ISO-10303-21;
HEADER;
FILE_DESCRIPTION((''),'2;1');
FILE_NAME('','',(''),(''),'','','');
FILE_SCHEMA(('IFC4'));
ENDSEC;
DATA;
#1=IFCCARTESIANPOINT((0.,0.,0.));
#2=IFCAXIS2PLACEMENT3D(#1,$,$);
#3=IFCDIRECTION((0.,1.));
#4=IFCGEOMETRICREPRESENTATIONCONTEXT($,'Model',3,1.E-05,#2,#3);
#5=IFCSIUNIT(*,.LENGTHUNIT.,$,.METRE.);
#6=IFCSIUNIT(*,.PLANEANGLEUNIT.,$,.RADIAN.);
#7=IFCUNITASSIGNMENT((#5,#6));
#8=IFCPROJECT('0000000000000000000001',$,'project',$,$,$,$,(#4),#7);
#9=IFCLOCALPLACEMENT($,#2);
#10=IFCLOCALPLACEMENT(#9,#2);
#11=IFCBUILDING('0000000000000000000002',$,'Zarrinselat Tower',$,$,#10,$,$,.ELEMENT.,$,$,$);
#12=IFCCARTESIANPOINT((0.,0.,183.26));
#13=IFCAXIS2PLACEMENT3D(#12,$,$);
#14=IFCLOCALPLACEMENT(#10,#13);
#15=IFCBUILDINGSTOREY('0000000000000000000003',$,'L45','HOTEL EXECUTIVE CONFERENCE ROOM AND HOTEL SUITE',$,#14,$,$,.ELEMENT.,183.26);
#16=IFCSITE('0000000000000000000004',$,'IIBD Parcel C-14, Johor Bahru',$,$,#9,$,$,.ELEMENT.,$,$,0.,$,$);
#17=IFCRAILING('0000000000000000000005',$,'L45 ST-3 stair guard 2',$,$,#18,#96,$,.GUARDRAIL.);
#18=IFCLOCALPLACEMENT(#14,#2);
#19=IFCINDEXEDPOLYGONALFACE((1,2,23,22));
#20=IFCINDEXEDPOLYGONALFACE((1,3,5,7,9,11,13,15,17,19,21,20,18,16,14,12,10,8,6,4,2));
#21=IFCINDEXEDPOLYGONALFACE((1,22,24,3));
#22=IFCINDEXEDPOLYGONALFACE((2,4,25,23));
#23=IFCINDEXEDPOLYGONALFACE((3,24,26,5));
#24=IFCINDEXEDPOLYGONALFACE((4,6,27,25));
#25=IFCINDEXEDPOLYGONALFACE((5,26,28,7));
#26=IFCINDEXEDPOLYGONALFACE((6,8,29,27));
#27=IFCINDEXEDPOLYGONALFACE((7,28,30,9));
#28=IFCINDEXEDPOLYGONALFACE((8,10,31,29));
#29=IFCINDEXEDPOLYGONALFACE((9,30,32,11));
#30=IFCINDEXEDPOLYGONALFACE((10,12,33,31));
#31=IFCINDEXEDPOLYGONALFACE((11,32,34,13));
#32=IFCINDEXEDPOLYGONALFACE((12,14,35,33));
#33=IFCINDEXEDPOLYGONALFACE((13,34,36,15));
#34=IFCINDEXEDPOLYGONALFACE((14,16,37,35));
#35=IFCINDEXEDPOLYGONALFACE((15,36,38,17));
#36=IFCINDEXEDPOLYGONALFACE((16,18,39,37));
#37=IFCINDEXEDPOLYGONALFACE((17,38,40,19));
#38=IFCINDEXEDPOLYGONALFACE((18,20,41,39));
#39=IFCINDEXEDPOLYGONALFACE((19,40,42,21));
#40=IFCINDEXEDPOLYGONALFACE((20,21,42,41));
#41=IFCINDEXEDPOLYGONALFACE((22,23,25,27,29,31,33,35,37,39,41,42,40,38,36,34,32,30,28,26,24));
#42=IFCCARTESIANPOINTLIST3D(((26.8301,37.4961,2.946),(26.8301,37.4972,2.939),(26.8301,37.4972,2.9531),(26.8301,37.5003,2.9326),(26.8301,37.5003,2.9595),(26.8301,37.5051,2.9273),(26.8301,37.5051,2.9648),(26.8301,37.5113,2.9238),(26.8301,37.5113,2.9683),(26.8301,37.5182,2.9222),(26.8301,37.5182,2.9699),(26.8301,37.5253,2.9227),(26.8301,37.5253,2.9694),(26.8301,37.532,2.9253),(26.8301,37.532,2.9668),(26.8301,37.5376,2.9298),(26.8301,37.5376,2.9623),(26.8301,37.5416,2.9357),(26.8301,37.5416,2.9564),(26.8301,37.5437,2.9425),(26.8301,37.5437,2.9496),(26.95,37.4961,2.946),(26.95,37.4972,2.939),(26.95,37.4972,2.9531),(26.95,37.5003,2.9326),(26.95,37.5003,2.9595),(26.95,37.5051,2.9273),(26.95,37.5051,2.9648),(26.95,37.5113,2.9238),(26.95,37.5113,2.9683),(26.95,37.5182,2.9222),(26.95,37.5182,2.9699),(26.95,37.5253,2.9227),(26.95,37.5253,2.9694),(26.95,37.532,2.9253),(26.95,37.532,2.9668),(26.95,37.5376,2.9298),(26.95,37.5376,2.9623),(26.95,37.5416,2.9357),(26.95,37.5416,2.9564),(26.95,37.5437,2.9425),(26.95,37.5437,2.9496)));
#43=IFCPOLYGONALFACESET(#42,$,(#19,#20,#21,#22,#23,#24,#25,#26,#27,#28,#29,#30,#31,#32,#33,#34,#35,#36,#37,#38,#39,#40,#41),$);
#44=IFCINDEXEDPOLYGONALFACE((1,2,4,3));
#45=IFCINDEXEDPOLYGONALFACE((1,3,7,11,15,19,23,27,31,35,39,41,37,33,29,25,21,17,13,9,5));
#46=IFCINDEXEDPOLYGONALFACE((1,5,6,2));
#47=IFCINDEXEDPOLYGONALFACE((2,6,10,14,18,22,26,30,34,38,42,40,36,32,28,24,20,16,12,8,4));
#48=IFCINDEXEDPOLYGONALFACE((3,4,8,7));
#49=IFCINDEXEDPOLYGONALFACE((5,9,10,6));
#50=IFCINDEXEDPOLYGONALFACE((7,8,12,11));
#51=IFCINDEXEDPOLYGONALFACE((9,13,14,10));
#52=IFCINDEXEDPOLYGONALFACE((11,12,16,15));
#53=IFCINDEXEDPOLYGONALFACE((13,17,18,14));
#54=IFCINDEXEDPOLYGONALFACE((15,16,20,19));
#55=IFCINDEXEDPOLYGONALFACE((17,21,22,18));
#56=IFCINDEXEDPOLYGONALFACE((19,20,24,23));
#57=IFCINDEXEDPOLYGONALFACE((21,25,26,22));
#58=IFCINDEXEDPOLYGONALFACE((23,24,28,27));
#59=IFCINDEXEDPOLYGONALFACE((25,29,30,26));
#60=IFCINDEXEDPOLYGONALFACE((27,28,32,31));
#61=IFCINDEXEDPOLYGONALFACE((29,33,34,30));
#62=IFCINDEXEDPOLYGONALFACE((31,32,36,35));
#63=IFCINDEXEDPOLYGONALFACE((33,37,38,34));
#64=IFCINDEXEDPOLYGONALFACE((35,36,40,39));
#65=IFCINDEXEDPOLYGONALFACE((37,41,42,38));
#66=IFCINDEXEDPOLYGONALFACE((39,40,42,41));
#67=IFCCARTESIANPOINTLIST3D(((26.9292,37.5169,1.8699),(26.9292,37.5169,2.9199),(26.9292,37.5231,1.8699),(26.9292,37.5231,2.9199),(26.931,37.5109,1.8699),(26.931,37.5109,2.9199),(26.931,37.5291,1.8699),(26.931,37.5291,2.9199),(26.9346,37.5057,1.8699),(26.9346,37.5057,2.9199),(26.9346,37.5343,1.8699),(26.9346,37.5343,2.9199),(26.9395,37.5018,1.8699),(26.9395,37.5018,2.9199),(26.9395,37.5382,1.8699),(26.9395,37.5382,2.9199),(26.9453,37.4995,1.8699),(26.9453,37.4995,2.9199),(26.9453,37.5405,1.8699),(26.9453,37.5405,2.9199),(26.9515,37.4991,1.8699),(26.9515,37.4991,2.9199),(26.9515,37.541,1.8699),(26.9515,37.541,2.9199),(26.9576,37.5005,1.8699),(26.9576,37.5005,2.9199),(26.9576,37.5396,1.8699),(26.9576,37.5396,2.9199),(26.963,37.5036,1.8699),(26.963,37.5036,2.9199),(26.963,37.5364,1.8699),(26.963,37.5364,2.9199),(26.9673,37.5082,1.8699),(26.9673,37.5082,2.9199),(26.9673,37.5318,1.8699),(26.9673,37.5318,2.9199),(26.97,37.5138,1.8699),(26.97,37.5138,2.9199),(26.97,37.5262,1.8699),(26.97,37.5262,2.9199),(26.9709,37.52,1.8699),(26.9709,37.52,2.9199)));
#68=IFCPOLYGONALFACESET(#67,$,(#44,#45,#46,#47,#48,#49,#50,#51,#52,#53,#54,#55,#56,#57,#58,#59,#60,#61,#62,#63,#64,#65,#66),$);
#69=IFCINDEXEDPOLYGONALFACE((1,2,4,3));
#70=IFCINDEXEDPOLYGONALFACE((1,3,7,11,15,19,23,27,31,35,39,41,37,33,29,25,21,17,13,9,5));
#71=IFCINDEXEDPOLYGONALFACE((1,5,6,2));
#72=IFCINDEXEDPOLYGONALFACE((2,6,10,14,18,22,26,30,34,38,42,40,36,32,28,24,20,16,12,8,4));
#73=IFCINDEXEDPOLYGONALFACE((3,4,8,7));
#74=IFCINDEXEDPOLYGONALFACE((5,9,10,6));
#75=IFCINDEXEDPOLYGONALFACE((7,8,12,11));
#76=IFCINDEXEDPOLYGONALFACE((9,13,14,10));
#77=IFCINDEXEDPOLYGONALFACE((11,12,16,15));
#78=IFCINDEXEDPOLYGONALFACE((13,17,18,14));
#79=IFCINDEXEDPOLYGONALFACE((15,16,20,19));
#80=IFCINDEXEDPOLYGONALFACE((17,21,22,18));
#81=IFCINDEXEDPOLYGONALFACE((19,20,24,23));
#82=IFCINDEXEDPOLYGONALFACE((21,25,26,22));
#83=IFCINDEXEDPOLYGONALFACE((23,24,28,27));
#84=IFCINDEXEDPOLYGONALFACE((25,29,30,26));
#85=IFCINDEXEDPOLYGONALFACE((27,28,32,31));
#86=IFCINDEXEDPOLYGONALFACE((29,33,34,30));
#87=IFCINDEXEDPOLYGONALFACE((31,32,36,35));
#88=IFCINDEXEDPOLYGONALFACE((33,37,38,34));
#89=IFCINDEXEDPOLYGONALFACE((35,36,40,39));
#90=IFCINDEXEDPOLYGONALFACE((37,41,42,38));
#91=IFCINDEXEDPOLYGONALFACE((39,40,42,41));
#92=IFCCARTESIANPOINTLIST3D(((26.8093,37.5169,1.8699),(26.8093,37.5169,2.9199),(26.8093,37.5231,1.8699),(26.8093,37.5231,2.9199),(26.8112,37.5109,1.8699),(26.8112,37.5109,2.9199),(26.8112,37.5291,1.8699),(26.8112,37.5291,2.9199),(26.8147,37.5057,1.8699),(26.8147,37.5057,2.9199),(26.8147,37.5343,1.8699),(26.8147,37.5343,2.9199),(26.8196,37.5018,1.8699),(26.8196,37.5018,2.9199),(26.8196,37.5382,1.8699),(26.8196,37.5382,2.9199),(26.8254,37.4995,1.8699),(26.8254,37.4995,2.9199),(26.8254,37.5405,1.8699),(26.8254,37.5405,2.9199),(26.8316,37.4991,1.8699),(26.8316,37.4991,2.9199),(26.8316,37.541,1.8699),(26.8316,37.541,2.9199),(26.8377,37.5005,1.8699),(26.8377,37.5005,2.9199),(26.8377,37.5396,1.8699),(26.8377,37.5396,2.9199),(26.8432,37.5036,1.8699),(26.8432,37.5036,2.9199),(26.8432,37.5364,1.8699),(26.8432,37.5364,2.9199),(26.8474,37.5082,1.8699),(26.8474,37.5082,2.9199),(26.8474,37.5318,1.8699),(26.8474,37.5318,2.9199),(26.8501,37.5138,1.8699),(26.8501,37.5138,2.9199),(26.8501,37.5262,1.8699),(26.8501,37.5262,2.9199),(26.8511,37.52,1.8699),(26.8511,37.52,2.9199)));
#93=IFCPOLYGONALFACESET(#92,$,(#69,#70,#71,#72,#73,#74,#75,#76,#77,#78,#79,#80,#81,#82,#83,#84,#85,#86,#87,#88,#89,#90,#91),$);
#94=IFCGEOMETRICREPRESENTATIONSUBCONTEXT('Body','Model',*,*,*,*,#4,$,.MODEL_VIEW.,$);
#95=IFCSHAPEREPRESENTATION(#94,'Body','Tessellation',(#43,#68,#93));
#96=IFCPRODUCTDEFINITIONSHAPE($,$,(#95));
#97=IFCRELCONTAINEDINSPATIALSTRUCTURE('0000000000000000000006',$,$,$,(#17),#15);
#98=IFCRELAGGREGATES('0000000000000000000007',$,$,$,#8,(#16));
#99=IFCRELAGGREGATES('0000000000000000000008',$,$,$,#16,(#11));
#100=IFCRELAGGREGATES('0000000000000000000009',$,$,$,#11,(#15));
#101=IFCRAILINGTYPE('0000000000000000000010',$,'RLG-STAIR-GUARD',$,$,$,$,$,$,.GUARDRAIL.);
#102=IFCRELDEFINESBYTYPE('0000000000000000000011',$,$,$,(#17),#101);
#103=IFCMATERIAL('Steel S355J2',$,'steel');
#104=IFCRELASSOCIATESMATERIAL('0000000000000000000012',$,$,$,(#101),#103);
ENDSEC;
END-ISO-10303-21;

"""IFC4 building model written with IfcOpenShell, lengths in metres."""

from ifc_helpers import new_model, si_unit, direction, frame, origin, origin_2d, place, context, subcontext, project, spatial, circle, extrude, material, type_object, element, save


model = new_model("IFC4")

# Units and contexts
model_context = context("Model", 3, precision=1e-05, world=origin(), true_north=direction((0.0, 1.0)))
body_context = subcontext(model_context, "Body", "Model", "MODEL_VIEW")
ifc_project = project(units=[si_unit("LENGTHUNIT", "METRE"), si_unit("PLANEANGLEUNIT", "RADIAN")], contexts=[model_context])

# Site, building, storey
site_placement = place(None, origin())
site = spatial("IfcSite", under=ifc_project, at=site_placement, Name="IIBD Parcel C-14, Johor Bahru", CompositionType="ELEMENT", RefElevation=0.0)
building_placement = place(site_placement, origin())
building = spatial("IfcBuilding", under=site, at=building_placement, Name="Zarrinselat Tower", CompositionType="ELEMENT")
storey_placement = place(building_placement, frame((0.0, 0.0, 183.26)))
storey = spatial("IfcBuildingStorey", under=building, at=storey_placement, Name="L45", Description="HOTEL EXECUTIVE CONFERENCE ROOM AND HOTEL SUITE", CompositionType="ELEMENT", Elevation=183.26)

# Railing
ifc_material_1 = material(Name="Steel S355J2", Category="steel")
railing_type_1 = type_object("IfcRailingType", Name="RLG-STAIR-GUARD", PredefinedType="GUARDRAIL", material=ifc_material_1)
railing_1_placement = place(storey_placement, frame((26.95, 37.52, 1.8699)))
element("IfcRailing", 1, at=railing_1_placement, inside=storey, type_object=railing_type_1, Name="L45 ST-3 stair guard 2", PredefinedType="GUARDRAIL", context=body_context, shape_type="SweptSolid", body=[
    extrude(circle(Radius=0.0239, at=origin_2d()), frame((0.0, 0.0, 1.0762), z_axis=(-1.0, 0.0, 0.0), x_axis=(0.0, -1.0, 0.0)), (0.0, 0.0, 1.0), 0.1199),
    extrude(circle(Radius=0.021, at=origin_2d()), origin(), (0.0, 0.0, 1.0), 1.05),
    extrude(circle(Radius=0.021, at=origin_2d()), frame((-0.1199, 0.0, 0.0)), (0.0, 0.0, 1.0), 1.05),
])

save(model, "model.ifc")
